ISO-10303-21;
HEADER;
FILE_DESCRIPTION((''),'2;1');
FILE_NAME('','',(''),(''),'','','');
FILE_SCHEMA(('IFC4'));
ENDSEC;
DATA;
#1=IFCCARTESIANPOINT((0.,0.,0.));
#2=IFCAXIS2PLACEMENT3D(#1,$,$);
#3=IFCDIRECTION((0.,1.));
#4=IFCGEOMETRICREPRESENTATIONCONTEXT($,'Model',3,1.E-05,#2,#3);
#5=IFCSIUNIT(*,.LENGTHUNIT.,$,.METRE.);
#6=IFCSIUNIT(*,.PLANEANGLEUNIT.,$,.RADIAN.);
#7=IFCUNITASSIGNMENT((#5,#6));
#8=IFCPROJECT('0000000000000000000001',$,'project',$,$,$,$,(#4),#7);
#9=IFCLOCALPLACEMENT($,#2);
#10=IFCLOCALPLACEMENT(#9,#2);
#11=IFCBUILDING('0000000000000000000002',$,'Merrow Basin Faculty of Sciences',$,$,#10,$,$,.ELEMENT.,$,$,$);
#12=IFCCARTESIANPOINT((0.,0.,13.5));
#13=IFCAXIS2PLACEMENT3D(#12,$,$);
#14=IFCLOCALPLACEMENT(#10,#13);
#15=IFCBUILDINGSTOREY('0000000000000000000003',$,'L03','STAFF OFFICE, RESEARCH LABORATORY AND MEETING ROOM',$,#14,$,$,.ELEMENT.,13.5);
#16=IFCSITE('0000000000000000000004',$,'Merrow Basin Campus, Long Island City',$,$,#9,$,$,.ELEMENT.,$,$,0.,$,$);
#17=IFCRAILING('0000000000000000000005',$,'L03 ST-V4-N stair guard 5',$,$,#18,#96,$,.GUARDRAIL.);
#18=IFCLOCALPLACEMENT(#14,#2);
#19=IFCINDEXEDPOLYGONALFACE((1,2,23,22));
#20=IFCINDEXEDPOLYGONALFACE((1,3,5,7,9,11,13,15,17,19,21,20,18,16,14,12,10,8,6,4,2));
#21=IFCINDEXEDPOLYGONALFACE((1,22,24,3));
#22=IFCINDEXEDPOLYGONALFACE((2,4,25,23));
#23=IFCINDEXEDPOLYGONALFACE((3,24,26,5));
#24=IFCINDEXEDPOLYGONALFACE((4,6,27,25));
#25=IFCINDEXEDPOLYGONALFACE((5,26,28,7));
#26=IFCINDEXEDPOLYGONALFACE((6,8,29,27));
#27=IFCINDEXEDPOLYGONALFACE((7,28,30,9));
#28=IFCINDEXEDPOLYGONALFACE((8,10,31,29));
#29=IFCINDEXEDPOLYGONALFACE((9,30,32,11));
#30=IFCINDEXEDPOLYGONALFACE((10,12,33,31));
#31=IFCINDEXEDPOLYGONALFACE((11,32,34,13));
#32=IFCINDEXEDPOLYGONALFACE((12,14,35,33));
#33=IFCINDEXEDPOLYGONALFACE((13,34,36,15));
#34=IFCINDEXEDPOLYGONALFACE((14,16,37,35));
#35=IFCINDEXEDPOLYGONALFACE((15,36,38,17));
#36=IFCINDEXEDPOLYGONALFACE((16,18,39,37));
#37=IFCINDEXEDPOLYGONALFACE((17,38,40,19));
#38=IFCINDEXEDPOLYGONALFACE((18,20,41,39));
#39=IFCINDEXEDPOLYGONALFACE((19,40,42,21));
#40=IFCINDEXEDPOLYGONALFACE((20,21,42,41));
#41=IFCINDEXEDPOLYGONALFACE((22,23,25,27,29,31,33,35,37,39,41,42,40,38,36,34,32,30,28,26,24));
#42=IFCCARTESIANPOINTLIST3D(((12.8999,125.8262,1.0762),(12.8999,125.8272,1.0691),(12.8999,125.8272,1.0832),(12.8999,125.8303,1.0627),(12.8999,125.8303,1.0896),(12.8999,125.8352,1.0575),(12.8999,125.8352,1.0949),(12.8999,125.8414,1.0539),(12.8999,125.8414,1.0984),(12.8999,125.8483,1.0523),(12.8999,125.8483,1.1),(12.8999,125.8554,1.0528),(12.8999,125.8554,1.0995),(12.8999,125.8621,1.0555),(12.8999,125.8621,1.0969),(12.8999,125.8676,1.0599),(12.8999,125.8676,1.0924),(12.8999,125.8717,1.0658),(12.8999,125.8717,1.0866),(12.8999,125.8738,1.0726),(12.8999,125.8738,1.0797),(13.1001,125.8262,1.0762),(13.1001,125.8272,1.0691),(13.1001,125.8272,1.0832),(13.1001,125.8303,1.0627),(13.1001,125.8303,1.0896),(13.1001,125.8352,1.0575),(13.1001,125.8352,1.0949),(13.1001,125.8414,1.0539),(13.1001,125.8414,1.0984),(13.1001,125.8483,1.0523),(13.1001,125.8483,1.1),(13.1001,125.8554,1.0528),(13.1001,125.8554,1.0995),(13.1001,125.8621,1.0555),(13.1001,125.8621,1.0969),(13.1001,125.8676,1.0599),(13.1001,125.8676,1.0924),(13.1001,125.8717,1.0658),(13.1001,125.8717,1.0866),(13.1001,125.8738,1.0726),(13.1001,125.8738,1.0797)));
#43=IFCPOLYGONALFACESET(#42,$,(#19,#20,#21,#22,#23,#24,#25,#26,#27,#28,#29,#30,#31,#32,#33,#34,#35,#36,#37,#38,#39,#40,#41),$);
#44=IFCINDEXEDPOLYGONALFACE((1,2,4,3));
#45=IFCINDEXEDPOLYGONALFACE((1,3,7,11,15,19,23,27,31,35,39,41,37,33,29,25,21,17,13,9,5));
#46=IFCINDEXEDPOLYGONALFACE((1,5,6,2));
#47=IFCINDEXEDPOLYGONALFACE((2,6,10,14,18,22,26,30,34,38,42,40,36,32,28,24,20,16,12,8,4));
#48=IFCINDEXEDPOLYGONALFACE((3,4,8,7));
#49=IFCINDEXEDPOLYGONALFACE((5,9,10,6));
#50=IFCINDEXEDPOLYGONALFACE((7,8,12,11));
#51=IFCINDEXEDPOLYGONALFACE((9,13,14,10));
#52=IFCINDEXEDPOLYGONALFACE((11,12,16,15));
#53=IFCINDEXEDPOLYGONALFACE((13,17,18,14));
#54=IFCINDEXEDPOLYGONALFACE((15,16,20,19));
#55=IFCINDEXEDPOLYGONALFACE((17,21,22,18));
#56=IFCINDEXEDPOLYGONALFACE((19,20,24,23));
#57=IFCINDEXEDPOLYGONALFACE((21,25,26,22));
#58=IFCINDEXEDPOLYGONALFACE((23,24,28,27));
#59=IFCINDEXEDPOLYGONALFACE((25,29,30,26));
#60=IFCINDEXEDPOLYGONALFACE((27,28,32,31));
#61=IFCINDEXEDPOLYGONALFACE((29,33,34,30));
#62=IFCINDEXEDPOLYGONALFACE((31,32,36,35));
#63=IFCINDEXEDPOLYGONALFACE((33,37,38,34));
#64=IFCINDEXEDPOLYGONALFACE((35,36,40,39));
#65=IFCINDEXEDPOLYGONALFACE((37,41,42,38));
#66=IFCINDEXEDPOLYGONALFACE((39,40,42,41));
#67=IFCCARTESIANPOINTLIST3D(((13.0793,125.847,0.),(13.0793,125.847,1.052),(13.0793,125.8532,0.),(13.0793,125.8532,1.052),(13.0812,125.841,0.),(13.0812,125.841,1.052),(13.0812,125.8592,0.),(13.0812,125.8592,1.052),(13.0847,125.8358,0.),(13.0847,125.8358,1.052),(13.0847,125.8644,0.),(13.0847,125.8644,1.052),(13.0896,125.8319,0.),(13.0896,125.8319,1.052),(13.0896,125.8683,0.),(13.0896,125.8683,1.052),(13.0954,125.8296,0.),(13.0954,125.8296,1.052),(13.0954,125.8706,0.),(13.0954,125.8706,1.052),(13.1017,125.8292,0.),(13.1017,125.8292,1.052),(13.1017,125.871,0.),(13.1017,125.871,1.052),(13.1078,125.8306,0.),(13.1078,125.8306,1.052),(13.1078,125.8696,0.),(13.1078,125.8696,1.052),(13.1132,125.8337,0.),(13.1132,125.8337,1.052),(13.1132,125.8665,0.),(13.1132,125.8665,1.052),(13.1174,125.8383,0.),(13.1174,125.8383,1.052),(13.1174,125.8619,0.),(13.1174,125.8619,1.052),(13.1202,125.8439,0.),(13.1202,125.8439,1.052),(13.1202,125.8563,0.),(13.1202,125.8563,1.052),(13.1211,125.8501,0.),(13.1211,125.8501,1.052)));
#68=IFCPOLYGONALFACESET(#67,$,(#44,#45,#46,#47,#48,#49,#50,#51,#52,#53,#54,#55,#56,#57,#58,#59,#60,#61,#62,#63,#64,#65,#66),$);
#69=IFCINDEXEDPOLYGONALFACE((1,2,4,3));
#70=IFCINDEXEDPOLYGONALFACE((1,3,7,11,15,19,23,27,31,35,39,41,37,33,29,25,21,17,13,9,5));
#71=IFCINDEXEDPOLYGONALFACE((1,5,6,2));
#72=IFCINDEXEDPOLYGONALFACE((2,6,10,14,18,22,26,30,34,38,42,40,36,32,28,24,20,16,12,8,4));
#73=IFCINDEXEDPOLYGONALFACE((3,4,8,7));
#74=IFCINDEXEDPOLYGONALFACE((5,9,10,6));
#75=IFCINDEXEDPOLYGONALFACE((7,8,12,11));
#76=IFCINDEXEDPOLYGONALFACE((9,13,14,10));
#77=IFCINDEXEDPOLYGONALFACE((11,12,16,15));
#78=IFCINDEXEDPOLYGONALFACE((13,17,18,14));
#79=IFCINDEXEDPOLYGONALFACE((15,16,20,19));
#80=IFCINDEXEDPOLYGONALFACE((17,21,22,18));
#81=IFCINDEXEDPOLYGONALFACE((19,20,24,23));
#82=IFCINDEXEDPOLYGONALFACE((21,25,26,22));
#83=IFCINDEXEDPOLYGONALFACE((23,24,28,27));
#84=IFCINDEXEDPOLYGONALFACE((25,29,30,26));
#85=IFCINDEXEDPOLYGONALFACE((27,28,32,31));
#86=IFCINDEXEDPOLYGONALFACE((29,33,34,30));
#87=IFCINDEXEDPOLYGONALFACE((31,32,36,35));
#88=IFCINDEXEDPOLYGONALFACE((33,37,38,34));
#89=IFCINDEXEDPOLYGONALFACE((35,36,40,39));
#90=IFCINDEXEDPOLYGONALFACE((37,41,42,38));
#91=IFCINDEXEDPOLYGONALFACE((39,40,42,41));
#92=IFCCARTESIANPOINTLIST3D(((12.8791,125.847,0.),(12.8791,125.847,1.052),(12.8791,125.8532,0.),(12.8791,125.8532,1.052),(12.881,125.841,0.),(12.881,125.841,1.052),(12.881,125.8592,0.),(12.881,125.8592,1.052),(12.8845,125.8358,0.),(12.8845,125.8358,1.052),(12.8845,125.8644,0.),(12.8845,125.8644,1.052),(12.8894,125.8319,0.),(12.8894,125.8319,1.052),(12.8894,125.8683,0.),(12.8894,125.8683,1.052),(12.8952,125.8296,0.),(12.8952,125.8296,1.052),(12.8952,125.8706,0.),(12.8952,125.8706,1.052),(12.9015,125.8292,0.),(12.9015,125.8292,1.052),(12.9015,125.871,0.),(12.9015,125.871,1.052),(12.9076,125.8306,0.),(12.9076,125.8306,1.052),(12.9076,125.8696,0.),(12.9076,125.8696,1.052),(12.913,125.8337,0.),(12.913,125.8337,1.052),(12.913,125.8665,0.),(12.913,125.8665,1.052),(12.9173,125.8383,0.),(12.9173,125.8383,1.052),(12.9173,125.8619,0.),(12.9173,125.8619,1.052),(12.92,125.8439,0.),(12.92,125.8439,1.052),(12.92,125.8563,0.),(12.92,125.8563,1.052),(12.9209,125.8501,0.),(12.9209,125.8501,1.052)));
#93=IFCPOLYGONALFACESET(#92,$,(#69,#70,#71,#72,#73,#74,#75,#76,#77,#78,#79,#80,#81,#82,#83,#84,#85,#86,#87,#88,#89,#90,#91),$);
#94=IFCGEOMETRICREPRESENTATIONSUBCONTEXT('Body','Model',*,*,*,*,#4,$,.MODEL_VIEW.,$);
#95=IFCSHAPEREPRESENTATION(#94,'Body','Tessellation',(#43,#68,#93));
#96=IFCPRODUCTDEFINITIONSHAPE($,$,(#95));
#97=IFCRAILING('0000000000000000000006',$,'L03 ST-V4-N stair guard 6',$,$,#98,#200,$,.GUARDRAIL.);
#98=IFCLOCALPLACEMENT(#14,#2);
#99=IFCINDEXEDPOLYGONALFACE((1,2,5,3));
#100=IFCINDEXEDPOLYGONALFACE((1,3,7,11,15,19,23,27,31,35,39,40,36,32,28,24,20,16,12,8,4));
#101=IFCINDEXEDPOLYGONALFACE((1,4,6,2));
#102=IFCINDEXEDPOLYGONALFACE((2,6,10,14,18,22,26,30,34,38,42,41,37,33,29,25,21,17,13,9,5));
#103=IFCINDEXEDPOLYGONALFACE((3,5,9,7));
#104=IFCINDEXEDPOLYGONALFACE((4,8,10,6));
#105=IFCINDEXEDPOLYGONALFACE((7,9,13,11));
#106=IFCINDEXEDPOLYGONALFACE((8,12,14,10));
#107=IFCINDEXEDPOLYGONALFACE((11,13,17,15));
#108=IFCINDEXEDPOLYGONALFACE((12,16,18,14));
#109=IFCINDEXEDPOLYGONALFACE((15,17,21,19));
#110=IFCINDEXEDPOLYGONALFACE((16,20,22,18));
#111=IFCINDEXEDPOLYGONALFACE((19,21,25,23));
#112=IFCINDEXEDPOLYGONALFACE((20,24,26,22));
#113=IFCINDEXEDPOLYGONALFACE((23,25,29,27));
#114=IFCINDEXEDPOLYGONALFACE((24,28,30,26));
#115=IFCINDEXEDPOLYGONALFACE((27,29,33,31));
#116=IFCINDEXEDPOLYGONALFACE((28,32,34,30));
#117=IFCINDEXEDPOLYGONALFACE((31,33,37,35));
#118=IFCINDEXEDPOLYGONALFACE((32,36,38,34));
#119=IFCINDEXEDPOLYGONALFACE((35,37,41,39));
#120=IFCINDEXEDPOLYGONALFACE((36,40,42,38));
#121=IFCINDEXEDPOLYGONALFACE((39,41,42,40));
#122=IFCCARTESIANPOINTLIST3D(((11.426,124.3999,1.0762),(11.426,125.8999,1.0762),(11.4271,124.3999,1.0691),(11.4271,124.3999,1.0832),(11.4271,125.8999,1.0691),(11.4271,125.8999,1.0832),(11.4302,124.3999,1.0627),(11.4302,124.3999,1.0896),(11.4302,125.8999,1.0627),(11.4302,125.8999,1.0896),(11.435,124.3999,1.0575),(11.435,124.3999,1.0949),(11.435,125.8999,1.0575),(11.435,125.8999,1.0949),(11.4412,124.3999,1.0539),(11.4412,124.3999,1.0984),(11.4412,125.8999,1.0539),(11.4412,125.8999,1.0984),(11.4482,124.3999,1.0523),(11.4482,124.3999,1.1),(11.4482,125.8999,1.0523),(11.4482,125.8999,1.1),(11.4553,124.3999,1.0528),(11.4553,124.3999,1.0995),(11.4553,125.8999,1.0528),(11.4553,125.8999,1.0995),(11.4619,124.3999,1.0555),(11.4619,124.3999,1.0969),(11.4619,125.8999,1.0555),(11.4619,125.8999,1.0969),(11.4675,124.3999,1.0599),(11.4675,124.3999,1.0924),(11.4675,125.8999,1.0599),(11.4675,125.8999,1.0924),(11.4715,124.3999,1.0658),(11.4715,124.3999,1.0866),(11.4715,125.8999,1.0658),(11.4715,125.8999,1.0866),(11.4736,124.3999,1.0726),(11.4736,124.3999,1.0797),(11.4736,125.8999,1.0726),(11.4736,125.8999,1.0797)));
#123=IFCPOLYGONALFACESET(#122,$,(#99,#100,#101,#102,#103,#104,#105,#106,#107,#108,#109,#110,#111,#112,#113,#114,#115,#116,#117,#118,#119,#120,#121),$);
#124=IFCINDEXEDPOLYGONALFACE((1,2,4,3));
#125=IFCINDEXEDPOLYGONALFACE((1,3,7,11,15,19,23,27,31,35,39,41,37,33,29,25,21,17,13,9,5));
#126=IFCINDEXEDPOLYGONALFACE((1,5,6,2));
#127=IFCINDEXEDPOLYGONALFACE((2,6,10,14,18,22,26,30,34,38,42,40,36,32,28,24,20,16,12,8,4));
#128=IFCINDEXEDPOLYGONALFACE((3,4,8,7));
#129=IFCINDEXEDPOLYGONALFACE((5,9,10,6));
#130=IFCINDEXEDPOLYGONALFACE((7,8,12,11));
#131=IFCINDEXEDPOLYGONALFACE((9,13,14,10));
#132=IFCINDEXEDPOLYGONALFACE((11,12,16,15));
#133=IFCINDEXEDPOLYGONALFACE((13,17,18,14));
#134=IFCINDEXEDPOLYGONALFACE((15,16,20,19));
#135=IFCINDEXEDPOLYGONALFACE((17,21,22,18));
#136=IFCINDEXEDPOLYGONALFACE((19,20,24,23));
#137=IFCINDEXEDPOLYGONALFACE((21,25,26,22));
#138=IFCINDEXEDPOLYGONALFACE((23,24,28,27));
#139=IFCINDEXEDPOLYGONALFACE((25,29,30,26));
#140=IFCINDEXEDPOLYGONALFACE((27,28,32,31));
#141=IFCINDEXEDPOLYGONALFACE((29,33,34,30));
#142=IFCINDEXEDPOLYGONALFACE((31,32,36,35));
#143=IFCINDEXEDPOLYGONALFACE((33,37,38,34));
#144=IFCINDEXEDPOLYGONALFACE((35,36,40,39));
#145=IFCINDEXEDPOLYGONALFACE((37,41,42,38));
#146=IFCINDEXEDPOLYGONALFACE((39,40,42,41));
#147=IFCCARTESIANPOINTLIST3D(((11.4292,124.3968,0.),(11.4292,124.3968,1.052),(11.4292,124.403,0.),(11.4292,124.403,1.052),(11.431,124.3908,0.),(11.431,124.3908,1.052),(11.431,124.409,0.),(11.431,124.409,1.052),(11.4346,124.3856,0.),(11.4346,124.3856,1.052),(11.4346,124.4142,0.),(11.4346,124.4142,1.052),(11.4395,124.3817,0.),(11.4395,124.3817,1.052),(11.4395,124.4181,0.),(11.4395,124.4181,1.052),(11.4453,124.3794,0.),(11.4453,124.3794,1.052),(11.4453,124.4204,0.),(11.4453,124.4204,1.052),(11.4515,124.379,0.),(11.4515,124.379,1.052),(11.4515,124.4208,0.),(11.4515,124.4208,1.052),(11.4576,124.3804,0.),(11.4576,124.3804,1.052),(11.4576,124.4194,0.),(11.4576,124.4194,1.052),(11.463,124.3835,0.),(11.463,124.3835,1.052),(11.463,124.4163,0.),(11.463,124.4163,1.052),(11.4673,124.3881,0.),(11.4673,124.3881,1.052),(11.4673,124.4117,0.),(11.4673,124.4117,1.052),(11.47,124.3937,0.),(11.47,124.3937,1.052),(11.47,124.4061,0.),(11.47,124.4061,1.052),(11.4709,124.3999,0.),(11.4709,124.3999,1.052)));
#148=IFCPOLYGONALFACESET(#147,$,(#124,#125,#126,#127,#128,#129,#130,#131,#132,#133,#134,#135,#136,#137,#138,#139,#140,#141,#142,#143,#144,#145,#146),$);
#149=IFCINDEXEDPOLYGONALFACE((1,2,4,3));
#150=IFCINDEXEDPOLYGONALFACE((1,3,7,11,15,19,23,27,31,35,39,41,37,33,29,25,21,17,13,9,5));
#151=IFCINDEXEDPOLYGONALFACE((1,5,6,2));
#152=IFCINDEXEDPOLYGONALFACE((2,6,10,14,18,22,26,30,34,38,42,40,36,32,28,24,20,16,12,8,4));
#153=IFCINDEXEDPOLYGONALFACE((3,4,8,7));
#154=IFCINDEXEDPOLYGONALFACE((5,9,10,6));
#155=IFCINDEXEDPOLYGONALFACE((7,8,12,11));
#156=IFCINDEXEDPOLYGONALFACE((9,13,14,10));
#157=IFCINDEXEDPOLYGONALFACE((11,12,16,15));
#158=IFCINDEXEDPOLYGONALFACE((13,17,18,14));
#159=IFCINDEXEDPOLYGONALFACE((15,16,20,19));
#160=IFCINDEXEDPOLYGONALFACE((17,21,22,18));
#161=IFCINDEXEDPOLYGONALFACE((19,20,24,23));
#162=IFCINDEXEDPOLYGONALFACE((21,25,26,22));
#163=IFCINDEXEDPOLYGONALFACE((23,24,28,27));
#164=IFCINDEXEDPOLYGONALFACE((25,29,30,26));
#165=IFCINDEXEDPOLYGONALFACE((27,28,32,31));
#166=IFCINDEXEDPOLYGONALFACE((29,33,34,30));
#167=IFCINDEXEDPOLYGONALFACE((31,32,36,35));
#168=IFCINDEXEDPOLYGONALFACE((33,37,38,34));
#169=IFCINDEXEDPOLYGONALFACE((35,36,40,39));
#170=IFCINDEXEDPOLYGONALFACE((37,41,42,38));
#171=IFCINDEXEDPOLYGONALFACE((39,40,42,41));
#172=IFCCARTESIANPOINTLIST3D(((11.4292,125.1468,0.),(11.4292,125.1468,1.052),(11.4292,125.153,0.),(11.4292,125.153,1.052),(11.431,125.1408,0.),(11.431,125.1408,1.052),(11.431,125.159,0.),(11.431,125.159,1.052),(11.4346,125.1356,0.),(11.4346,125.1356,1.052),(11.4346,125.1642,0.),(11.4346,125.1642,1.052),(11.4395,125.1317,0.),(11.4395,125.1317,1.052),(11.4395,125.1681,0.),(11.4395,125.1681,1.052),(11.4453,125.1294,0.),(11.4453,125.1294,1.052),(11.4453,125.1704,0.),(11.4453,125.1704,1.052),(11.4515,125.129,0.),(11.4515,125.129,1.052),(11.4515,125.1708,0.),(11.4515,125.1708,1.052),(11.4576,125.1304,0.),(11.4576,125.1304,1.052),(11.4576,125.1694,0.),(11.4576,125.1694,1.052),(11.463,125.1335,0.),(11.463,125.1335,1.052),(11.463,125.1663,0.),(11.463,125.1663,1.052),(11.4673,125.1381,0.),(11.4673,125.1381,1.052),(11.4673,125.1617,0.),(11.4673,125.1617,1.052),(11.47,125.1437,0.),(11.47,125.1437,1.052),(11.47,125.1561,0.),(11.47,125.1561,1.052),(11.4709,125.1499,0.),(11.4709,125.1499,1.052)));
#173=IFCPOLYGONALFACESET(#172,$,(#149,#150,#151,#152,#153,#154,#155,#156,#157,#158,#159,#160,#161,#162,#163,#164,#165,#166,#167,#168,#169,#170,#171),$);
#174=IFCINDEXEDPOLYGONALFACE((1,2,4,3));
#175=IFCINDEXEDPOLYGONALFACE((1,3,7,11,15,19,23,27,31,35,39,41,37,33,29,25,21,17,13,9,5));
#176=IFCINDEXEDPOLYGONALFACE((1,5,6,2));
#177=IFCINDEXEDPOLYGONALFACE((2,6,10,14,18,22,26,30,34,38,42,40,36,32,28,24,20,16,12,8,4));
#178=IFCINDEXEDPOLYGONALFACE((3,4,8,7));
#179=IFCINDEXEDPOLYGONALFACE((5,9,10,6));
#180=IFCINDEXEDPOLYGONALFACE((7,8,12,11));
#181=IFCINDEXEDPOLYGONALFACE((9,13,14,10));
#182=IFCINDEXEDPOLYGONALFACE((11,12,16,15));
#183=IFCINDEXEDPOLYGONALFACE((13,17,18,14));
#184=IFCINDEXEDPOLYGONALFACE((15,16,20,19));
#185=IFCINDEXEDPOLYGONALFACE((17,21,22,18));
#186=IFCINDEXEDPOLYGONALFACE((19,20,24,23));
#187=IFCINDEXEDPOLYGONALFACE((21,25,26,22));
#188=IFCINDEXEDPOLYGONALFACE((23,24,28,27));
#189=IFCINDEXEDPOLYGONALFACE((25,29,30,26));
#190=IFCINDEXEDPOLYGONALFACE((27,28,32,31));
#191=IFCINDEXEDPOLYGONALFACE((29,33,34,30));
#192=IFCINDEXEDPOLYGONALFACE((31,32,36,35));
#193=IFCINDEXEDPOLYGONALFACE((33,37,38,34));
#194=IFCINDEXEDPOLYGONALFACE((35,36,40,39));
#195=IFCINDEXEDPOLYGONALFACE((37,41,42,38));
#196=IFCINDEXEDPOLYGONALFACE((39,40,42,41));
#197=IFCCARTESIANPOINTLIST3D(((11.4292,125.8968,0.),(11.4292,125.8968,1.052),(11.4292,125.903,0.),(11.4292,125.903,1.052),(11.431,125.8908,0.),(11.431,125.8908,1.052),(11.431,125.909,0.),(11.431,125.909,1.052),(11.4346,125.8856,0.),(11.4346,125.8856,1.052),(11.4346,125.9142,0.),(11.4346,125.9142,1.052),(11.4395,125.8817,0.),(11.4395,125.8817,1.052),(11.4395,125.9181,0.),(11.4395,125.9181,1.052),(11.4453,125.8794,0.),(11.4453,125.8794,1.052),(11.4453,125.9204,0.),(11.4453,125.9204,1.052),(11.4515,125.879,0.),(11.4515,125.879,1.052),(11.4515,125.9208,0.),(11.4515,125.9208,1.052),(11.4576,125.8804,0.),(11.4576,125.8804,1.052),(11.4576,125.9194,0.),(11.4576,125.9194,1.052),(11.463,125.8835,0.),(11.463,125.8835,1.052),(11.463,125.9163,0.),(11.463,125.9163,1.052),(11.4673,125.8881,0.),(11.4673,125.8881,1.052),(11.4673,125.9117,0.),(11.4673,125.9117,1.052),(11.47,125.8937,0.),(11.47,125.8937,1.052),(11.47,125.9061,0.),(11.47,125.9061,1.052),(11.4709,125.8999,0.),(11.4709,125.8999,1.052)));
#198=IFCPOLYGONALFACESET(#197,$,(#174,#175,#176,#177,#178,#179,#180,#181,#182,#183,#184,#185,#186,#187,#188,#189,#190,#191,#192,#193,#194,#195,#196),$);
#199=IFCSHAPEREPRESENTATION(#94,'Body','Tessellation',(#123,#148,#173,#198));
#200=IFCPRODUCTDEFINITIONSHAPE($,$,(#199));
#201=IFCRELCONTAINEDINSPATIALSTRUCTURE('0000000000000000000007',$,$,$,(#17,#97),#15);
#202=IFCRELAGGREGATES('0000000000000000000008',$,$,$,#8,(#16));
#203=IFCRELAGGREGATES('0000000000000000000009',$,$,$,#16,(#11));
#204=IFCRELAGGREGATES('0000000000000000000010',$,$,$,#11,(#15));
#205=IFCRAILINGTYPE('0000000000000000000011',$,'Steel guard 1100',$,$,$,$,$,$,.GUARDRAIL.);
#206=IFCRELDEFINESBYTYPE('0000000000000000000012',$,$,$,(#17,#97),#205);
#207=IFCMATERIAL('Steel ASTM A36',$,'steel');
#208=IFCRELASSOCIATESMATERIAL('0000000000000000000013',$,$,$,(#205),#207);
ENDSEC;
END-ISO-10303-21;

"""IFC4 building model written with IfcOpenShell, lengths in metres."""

from ifc_helpers import new_model, si_unit, direction, frame, origin, origin_2d, place, context, subcontext, project, spatial, circle, extrude, material, type_object, element, save


model = new_model("IFC4")

# Units and contexts
model_context = context("Model", 3, precision=1e-05, world=origin(), true_north=direction((0.0, 1.0)))
body_context = subcontext(model_context, "Body", "Model", "MODEL_VIEW")
ifc_project = project(units=[si_unit("LENGTHUNIT", "METRE"), si_unit("PLANEANGLEUNIT", "RADIAN")], contexts=[model_context])

# Site, building, storey
site_placement = place(None, origin())
site = spatial("IfcSite", under=ifc_project, at=site_placement, Name="Merrow Basin Campus, Long Island City", CompositionType="ELEMENT", RefElevation=0.0)
building_placement = place(site_placement, origin())
building = spatial("IfcBuilding", under=site, at=building_placement, Name="Merrow Basin Faculty of Sciences", CompositionType="ELEMENT")
storey_placement = place(building_placement, frame((0.0, 0.0, 13.5)))
storey = spatial("IfcBuildingStorey", under=building, at=storey_placement, Name="L03", Description="STAFF OFFICE, RESEARCH LABORATORY AND MEETING ROOM", CompositionType="ELEMENT", Elevation=13.5)

# Railings
ifc_material_1 = material(Name="Steel ASTM A36", Category="steel")
railing_type_1 = type_object("IfcRailingType", Name="Steel guard 1100", PredefinedType="GUARDRAIL", material=ifc_material_1)
railing_1_placement = place(storey_placement, frame((13.1001, 125.8501, 0.0)))
element("IfcRailing", 1, at=railing_1_placement, inside=storey, type_object=railing_type_1, Name="L03 ST-V4-N stair guard 5", PredefinedType="GUARDRAIL", context=body_context, shape_type="SweptSolid", body=[
    extrude(circle(Radius=0.0239, at=origin_2d()), frame((0.0, 0.0, 1.0762), z_axis=(-1.0, 0.0, 0.0), x_axis=(0.0, -1.0, 0.0)), (0.0, 0.0, 1.0), 0.2002),
    extrude(circle(Radius=0.021, at=origin_2d()), origin(), (0.0, 0.0, 1.0), 1.052),
    extrude(circle(Radius=0.021, at=origin_2d()), frame((-0.2002, 0.0, 0.0)), (0.0, 0.0, 1.0), 1.052),
])
railing_2_placement = place(storey_placement, frame((11.45, 124.3999, 0.0)))
element("IfcRailing", 2, at=railing_2_placement, inside=storey, type_object=railing_type_1, Name="L03 ST-V4-N stair guard 6", PredefinedType="GUARDRAIL", context=body_context, shape_type="SweptSolid", body=[
    extrude(circle(Radius=0.0239, at=origin_2d()), frame((0.0, 0.0, 1.0762), z_axis=(0.0, 1.0, 0.0), x_axis=(-1.0, 0.0, 0.0)), (0.0, 0.0, 1.0), 1.5),
    extrude(circle(Radius=0.021, at=origin_2d()), origin(), (0.0, 0.0, 1.0), 1.052),
    extrude(circle(Radius=0.021, at=origin_2d()), frame((0.0, 0.75, 0.0)), (0.0, 0.0, 1.0), 1.052),
    extrude(circle(Radius=0.021, at=origin_2d()), frame((0.0, 1.5, 0.0)), (0.0, 0.0, 1.0), 1.052),
])

save(model, "model.ifc")
